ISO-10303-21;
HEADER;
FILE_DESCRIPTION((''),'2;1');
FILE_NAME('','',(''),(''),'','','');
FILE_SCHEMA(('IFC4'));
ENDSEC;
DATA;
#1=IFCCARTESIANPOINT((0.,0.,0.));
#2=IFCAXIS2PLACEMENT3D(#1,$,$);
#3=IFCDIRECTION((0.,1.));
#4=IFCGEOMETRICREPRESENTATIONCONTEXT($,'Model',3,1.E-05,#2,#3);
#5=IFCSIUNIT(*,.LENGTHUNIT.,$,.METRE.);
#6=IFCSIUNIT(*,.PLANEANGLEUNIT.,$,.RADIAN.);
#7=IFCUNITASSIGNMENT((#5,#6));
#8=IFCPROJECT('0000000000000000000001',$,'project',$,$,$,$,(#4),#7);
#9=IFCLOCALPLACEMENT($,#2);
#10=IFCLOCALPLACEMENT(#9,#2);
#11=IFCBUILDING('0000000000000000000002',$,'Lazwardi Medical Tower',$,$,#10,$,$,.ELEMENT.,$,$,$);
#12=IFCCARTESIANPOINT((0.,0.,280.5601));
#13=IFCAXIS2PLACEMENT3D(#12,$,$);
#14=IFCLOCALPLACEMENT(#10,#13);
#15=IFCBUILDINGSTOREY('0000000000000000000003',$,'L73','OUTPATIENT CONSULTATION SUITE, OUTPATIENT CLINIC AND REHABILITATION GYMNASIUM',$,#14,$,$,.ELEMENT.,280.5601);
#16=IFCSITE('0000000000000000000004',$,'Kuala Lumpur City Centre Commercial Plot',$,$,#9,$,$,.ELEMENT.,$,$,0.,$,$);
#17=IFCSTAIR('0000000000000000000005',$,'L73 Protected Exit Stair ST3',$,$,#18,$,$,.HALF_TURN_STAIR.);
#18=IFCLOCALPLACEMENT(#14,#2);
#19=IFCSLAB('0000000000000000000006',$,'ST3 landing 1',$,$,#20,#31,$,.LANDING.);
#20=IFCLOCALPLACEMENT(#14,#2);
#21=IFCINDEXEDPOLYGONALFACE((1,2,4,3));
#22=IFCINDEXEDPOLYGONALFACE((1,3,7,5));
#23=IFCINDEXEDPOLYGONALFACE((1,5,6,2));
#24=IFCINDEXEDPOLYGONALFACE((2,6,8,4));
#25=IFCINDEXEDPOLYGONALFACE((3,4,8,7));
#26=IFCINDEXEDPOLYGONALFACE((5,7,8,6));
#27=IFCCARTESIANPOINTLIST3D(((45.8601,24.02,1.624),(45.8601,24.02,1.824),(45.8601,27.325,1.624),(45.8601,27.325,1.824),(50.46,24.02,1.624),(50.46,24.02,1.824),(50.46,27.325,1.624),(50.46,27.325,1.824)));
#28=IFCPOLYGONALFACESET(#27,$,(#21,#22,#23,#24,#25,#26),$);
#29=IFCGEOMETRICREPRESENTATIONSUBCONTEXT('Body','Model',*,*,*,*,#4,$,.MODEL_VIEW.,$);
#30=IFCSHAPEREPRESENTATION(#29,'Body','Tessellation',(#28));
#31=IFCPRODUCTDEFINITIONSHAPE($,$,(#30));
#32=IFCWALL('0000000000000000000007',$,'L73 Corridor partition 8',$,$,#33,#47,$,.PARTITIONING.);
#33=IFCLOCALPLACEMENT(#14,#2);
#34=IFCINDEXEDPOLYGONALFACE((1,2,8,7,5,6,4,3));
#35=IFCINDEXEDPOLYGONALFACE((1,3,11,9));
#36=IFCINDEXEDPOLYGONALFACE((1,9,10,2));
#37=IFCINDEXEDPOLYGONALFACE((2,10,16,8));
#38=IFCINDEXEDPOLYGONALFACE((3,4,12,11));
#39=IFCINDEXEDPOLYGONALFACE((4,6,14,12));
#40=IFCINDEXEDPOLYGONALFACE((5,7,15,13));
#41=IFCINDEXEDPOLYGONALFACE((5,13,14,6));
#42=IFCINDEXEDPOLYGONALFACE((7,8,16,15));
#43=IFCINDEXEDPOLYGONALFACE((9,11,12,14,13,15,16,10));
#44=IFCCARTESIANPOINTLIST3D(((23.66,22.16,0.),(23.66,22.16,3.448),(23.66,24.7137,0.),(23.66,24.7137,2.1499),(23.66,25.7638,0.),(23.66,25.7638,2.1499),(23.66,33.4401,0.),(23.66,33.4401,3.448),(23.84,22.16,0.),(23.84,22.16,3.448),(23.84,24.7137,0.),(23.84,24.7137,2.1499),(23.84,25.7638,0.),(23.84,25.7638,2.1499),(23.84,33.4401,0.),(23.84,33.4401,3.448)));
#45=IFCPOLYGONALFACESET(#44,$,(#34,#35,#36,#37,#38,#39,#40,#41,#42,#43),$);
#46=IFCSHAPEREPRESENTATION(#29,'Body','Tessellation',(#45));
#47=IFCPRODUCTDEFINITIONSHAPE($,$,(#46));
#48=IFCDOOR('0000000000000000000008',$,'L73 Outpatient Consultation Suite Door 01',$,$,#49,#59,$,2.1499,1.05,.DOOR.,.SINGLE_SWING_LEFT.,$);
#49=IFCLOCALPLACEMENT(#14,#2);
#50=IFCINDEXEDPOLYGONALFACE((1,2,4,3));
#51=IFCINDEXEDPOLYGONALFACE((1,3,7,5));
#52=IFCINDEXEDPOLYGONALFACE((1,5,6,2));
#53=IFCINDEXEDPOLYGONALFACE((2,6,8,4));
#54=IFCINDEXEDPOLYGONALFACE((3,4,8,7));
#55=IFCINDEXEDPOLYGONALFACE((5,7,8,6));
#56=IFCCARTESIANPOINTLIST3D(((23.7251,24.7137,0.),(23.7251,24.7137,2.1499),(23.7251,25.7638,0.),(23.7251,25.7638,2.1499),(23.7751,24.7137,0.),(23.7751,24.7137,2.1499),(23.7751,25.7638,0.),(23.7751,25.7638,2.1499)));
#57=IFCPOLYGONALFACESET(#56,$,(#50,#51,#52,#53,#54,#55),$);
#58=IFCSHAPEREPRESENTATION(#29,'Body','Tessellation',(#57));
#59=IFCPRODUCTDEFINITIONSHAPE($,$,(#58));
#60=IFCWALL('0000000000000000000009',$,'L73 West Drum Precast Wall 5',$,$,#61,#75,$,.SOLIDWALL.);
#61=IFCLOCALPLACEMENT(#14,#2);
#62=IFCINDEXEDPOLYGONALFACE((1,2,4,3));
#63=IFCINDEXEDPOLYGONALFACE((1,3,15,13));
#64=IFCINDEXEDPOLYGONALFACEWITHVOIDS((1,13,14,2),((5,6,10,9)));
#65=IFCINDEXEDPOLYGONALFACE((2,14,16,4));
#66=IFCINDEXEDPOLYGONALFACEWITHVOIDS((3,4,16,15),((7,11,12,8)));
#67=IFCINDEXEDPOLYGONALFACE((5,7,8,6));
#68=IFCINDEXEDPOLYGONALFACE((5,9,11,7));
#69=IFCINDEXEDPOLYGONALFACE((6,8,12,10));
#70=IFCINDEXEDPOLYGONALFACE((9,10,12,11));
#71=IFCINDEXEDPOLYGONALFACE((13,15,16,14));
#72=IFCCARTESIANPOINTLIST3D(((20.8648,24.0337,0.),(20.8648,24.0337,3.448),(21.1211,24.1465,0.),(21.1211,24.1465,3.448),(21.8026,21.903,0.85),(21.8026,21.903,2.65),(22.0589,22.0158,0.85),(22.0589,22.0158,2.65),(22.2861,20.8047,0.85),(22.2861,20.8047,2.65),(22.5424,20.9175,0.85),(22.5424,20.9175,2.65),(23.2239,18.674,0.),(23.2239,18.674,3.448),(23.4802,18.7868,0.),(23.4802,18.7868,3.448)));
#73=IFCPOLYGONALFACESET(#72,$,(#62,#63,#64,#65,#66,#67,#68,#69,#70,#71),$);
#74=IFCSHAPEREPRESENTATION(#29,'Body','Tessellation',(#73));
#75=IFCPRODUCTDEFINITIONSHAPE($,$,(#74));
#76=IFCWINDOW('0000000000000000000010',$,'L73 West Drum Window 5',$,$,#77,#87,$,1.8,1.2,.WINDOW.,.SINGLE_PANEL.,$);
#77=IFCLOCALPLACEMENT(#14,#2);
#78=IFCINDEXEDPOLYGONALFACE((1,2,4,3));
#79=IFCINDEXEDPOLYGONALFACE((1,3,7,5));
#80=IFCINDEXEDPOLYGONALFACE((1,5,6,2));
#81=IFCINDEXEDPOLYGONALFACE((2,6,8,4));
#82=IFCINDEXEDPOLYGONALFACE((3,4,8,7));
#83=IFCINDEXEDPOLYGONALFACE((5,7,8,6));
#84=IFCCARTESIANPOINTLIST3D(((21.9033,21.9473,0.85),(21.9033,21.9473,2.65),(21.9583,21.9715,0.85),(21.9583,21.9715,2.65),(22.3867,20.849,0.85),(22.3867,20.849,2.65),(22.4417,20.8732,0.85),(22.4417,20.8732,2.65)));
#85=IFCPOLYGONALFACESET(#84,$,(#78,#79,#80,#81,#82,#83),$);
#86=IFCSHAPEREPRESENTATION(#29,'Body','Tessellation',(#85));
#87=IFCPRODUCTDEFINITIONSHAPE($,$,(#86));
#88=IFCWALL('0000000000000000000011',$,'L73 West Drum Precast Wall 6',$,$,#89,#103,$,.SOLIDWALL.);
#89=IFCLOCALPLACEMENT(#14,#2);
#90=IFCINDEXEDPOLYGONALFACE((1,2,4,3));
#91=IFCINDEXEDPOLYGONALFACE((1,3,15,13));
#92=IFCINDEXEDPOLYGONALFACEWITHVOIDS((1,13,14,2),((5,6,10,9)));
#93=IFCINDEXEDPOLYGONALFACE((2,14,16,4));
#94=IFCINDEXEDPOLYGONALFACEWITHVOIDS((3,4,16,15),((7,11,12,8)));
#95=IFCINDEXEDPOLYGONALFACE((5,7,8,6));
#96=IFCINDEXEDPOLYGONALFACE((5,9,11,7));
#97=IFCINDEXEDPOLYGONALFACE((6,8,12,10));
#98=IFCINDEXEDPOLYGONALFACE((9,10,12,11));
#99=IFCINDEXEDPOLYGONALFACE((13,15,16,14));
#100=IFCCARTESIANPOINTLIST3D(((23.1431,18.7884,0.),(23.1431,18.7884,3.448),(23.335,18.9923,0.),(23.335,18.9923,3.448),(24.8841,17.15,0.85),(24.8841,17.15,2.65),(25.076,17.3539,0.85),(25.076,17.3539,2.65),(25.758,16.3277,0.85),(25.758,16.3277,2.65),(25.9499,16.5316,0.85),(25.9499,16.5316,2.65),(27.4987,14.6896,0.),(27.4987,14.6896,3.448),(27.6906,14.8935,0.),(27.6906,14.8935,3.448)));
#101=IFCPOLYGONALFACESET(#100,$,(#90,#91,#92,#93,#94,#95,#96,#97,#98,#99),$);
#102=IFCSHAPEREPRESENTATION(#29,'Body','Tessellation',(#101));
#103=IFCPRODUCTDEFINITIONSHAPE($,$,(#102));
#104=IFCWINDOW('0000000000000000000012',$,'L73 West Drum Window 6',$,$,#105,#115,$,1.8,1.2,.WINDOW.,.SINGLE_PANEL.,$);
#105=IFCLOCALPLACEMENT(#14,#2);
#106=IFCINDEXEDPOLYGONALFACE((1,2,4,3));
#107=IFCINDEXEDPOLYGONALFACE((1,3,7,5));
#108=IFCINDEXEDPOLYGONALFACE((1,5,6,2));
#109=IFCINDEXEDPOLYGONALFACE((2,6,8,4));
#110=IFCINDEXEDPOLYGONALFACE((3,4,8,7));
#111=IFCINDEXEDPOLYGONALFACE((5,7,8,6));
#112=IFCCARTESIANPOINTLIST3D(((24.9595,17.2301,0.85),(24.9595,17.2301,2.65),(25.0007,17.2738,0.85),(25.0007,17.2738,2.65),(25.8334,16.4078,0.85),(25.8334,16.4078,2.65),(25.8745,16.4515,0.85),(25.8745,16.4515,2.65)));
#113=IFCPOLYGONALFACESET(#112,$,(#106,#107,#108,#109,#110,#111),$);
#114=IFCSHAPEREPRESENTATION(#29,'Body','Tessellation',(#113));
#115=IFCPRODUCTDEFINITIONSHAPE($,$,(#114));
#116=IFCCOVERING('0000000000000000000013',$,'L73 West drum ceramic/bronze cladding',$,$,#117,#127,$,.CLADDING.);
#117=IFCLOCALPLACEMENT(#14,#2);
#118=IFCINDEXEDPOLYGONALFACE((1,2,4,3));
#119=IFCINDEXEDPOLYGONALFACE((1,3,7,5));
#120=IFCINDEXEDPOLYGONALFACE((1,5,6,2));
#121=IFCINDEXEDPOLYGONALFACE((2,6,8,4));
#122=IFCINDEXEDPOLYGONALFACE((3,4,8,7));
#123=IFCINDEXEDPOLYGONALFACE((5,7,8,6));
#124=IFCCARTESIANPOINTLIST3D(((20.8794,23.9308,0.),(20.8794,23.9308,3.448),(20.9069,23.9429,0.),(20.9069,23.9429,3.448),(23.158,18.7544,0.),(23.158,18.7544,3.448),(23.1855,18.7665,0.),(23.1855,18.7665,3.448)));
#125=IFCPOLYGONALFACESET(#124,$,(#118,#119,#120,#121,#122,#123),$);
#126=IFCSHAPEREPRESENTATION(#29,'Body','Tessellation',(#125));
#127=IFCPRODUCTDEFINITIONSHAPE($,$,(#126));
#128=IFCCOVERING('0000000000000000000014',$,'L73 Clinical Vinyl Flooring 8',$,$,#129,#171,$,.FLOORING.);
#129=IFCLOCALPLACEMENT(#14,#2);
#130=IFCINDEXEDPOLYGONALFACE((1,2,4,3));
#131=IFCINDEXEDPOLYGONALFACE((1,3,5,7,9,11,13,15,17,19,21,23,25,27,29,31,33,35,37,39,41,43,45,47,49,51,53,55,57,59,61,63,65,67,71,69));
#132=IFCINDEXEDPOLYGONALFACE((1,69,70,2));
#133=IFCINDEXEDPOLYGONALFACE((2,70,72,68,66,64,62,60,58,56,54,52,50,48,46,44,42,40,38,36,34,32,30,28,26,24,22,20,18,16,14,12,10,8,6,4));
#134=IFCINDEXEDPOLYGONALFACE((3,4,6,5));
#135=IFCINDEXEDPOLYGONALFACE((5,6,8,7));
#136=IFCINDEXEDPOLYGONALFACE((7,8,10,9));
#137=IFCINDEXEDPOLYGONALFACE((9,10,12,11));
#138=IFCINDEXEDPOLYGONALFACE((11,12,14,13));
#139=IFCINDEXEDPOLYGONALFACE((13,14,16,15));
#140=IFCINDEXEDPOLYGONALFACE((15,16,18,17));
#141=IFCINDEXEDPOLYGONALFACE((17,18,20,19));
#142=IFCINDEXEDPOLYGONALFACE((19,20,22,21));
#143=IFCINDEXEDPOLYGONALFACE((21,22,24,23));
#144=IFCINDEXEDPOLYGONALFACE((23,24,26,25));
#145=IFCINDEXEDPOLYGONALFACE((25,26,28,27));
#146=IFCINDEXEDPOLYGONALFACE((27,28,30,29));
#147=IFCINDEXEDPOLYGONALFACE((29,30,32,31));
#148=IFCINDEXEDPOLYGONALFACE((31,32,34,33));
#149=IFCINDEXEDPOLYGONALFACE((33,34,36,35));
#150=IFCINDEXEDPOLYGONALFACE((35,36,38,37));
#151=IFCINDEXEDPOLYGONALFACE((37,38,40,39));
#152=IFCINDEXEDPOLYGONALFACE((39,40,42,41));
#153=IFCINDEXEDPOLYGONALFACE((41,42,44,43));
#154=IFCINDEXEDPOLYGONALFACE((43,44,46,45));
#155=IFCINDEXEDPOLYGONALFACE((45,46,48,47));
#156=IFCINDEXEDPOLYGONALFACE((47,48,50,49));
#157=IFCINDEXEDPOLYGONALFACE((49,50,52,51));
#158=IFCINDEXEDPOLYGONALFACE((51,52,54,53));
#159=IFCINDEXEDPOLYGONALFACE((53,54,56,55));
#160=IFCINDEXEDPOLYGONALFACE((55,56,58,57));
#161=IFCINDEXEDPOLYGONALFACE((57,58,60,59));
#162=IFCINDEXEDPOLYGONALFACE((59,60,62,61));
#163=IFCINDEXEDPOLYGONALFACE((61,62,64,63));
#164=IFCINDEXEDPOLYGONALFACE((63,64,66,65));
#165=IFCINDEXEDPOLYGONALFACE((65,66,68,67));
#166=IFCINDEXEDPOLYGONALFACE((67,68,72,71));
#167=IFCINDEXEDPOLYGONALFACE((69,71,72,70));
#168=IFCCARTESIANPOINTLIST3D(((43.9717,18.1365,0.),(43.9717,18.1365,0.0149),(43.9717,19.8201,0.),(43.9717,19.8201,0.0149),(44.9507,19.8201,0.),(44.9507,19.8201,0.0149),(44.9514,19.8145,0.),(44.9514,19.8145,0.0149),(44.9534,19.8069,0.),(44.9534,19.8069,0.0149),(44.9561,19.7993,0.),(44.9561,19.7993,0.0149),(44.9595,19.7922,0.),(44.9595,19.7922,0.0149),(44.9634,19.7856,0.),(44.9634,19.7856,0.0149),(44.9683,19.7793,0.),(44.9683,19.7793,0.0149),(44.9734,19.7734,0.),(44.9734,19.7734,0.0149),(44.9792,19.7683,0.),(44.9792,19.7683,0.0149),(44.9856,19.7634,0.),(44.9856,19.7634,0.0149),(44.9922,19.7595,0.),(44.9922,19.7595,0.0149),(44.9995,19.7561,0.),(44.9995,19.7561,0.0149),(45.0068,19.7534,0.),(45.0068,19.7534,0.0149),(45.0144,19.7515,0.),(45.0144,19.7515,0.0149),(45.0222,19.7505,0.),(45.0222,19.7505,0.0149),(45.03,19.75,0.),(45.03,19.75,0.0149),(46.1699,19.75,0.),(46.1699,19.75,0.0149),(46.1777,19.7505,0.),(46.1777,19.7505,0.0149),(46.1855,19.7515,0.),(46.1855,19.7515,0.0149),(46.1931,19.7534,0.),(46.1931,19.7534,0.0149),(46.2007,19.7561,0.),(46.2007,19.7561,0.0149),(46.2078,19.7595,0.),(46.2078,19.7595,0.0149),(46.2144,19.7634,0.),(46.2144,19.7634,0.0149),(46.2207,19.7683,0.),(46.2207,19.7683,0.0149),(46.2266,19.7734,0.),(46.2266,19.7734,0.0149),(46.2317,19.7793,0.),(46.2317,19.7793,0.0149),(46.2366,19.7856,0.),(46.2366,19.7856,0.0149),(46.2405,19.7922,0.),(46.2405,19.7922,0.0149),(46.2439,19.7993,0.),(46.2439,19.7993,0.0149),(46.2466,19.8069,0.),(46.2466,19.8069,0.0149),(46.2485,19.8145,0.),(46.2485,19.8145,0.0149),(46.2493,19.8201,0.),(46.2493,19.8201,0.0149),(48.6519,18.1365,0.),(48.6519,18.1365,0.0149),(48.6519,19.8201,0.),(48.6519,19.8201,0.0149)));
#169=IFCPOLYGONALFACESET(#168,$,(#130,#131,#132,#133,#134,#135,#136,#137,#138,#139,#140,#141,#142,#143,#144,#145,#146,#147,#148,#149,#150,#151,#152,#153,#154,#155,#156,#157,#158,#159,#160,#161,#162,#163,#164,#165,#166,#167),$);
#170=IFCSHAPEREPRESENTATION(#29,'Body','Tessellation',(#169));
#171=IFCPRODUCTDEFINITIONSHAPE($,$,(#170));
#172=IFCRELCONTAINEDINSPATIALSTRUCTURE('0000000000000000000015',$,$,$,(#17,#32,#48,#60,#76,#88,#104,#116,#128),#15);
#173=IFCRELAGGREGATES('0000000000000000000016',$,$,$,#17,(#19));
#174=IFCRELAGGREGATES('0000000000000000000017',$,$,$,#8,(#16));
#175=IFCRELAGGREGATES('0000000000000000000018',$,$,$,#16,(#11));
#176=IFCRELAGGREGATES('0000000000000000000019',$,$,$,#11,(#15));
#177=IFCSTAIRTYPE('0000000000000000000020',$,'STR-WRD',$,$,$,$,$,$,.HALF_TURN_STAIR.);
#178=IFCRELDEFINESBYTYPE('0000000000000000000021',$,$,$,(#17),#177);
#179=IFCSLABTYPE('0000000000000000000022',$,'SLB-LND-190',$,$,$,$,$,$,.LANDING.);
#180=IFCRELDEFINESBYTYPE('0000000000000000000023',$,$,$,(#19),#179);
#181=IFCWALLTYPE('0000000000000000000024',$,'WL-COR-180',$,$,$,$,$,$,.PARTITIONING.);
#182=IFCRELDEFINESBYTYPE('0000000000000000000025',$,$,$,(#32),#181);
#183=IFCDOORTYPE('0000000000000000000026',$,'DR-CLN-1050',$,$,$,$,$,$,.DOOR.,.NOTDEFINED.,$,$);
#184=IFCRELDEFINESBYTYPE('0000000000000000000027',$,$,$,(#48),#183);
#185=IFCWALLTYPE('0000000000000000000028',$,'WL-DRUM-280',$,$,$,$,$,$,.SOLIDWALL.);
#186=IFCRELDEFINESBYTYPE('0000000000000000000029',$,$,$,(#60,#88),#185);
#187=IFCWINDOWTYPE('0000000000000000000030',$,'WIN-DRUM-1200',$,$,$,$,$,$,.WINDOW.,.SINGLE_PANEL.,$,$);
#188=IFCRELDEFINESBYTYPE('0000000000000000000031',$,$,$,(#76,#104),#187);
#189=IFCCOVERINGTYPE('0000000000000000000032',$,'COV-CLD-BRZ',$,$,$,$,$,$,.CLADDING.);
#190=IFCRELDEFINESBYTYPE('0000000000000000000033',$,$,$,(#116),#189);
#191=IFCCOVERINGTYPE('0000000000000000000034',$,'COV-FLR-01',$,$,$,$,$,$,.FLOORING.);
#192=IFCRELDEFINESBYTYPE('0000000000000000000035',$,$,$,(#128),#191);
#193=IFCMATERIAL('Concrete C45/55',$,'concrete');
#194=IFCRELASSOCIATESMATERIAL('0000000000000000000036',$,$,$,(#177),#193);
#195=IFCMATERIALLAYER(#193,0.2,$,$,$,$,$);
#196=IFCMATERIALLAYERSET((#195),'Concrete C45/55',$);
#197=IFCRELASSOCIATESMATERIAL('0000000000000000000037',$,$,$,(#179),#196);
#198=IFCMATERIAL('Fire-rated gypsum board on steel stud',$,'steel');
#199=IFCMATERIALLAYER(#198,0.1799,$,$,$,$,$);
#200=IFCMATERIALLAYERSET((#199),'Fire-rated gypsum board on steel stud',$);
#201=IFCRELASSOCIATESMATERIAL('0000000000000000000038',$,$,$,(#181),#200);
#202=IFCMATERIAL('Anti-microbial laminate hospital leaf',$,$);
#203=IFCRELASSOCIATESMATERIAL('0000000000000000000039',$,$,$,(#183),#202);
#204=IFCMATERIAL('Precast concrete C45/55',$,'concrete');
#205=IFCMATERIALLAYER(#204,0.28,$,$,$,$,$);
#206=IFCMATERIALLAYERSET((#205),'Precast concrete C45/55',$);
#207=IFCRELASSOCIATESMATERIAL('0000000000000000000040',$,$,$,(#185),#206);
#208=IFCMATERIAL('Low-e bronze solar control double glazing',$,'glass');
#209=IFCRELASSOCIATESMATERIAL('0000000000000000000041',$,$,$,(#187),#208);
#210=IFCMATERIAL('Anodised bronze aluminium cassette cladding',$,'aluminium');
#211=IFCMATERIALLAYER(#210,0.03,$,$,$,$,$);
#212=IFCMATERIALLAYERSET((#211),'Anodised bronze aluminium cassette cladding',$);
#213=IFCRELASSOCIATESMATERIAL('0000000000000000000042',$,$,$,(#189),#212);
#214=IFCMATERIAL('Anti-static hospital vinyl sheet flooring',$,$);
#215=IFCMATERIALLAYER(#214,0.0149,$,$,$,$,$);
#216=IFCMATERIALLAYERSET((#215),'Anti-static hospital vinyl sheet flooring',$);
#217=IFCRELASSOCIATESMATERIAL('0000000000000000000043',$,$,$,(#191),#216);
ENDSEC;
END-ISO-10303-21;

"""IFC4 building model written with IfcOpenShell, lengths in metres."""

from ifc_helpers import new_model, si_unit, direction, frame, frame_2d, origin, origin_2d, place, context, subcontext, project, spatial, polyline, rectangle, outline, extrude, material, layer, layer_set, type_object, element, fill, aggregate, save


model = new_model("IFC4")

# Units and contexts
model_context = context("Model", 3, precision=1e-05, world=origin(), true_north=direction((0.0, 1.0)))
body_context = subcontext(model_context, "Body", "Model", "MODEL_VIEW")
ifc_project = project(units=[si_unit("LENGTHUNIT", "METRE"), si_unit("PLANEANGLEUNIT", "RADIAN")], contexts=[model_context])

# Site, building, storey
site_placement = place(None, origin())
site = spatial("IfcSite", under=ifc_project, at=site_placement, Name="Kuala Lumpur City Centre Commercial Plot", CompositionType="ELEMENT", RefElevation=0.0)
building_placement = place(site_placement, origin())
building = spatial("IfcBuilding", under=site, at=building_placement, Name="Lazwardi Medical Tower", CompositionType="ELEMENT")
storey_placement = place(building_placement, frame((0.0, 0.0, 280.5601)))
storey = spatial("IfcBuildingStorey", under=building, at=storey_placement, Name="L73", Description="OUTPATIENT CONSULTATION SUITE, OUTPATIENT CLINIC AND REHABILITATION GYMNASIUM", CompositionType="ELEMENT", Elevation=280.5601)

# Stair, slab
ifc_material_1 = material(Name="Concrete C45/55", Category="concrete")
stair_type = type_object("IfcStairType", Name="STR-WRD", PredefinedType="HALF_TURN_STAIR", material=ifc_material_1)
ifc_layer_1 = layer(ifc_material_1, 0.2)
ifc_layer_set_1 = layer_set([ifc_layer_1], Name="Concrete C45/55")
slab_type = type_object("IfcSlabType", Name="SLB-LND-190", PredefinedType="LANDING", material=ifc_layer_set_1)
stair_1_placement = place(storey_placement, origin())
stair_1 = element("IfcStair", 1, at=stair_1_placement, inside=storey, type_object=stair_type, Name="L73 Protected Exit Stair ST3", PredefinedType="HALF_TURN_STAIR")
slab_1_placement = place(storey_placement, frame((0.0, 0.0, 1.624)))
slab_1 = element("IfcSlab", 2, at=slab_1_placement, type_object=slab_type, Name="ST3 landing 1", PredefinedType="LANDING", context=body_context, shape_type="SweptSolid", body=[
    extrude(outline(polyline([(45.8601, 27.325), (45.8601, 24.02), (50.46, 24.02), (50.46, 27.325), (45.8601, 27.325)])), origin(), (0.0, 0.0, 1.0), 0.2),
])
aggregate(stair_1, [slab_1])

# Wall, opening, door
ifc_material_2 = material(Name="Fire-rated gypsum board on steel stud", Category="steel")
ifc_layer_2 = layer(ifc_material_2, 0.1799)
ifc_layer_set_2 = layer_set([ifc_layer_2], Name="Fire-rated gypsum board on steel stud")
wall_type_1 = type_object("IfcWallType", Name="WL-COR-180", PredefinedType="PARTITIONING", material=ifc_layer_set_2)
wall_1_placement = place(storey_placement, frame((23.75, 22.1599, 0.0), z_axis=(0.0, 0.0, 1.0), x_axis=(0.0, 1.0, 0.0)))
wall_1 = element("IfcWall", 3, at=wall_1_placement, inside=storey, type_object=wall_type_1, Name="L73 Corridor partition 8", PredefinedType="PARTITIONING", context=body_context, shape_type="SweptSolid", body=[
    extrude(rectangle(XDim=11.28, YDim=0.1799, at=frame_2d((5.6401, 0.0))), origin(), (0.0, 0.0, 1.0), 3.448),
])
opening_1_placement = place(wall_1_placement, frame((2.554, 0.0, 0.0)))
opening_1 = element("IfcOpeningElement", 4, at=opening_1_placement, cuts=wall_1, PredefinedType="OPENING", context=body_context, shape_type="SweptSolid", body=[
    extrude(rectangle(XDim=1.05, YDim=2.1499, at=frame_2d((0.5249, 1.075))), frame((0.0, 0.0999, 0.0), z_axis=(0.0, -1.0, 0.0), x_axis=(1.0, 0.0, 0.0)), (0.0, 0.0, 1.0), 0.2),
])
ifc_material_3 = material(Name="Anti-microbial laminate hospital leaf")
door_type = type_object("IfcDoorType", Name="DR-CLN-1050", OperationType="NOTDEFINED", PredefinedType="DOOR", material=ifc_material_3)
door_placement = place(opening_1_placement, origin())
door = element("IfcDoor", 5, at=door_placement, inside=storey, type_object=door_type, Name="L73 Outpatient Consultation Suite Door 01", OperationType="SINGLE_SWING_LEFT", OverallHeight=2.1499, OverallWidth=1.05, PredefinedType="DOOR", context=body_context, shape_type="SweptSolid", body=[
    extrude(rectangle(XDim=1.05, YDim=2.1499, at=frame_2d((0.5249, 1.075))), frame((0.0, 0.0249, 0.0), z_axis=(0.0, -1.0, 0.0), x_axis=(1.0, 0.0, 0.0)), (0.0, 0.0, 1.0), 0.05),
])
fill(opening_1, door)

# Walls, openings, windows
ifc_material_4 = material(Name="Precast concrete C45/55", Category="concrete")
ifc_layer_3 = layer(ifc_material_4, 0.28)
ifc_layer_set_3 = layer_set([ifc_layer_3], Name="Precast concrete C45/55")
wall_type_2 = type_object("IfcWallType", Name="WL-DRUM-280", PredefinedType="SOLIDWALL", material=ifc_layer_set_3)
wall_2_placement = place(storey_placement, frame((20.9929, 24.0901, 0.0), z_axis=(0.0, 0.0, 1.0), x_axis=(0.402867, -0.915258, 0.0)))
wall_2 = element("IfcWall", 6, at=wall_2_placement, inside=storey, type_object=wall_type_2, Name="L73 West Drum Precast Wall 5", PredefinedType="SOLIDWALL", context=body_context, shape_type="SweptSolid", body=[
    extrude(rectangle(XDim=5.856, YDim=0.28, at=frame_2d((2.928, 0.0))), origin(), (0.0, 0.0, 1.0), 3.448),
])
opening_2_placement = place(wall_2_placement, frame((2.3279, 0.0, 0.8501)))
opening_2 = element("IfcOpeningElement", 7, at=opening_2_placement, cuts=wall_2, PredefinedType="OPENING", context=body_context, shape_type="SweptSolid", body=[
    extrude(rectangle(XDim=1.2, YDim=1.8, at=frame_2d((0.6001, 0.8999))), frame((0.0, 0.1499, 0.0), z_axis=(0.0, -1.0, 0.0), x_axis=(1.0, 0.0, 0.0)), (0.0, 0.0, 1.0), 0.3),
])
ifc_material_5 = material(Name="Low-e bronze solar control double glazing", Category="glass")
window_type = type_object("IfcWindowType", Name="WIN-DRUM-1200", PartitioningType="SINGLE_PANEL", PredefinedType="WINDOW", material=ifc_material_5)
window_1_placement = place(opening_2_placement, origin())
window_1 = element("IfcWindow", 8, at=window_1_placement, inside=storey, type_object=window_type, Name="L73 West Drum Window 5", OverallHeight=1.8, OverallWidth=1.2, PartitioningType="SINGLE_PANEL", PredefinedType="WINDOW", context=body_context, shape_type="SweptSolid", body=[
    extrude(rectangle(XDim=1.2, YDim=1.8, at=frame_2d((0.6001, 0.8999))), frame((0.0, 0.03, 0.0), z_axis=(0.0, -1.0, 0.0), x_axis=(1.0, 0.0, 0.0)), (0.0, 0.0, 1.0), 0.0601),
])
fill(opening_2, window_1)
wall_3_placement = place(storey_placement, frame((23.239, 18.8904, 0.0), z_axis=(0.0, 0.0, 1.0), x_axis=(0.728252, -0.68531, 0.0)))
wall_3 = element("IfcWall", 9, at=wall_3_placement, inside=storey, type_object=wall_type_2, Name="L73 West Drum Precast Wall 6", PredefinedType="SOLIDWALL", context=body_context, shape_type="SweptSolid", body=[
    extrude(rectangle(XDim=5.981, YDim=0.28, at=frame_2d((2.9905, 0.0))), origin(), (0.0, 0.0, 1.0), 3.448),
])
opening_3_placement = place(wall_3_placement, frame((2.3906, 0.0, 0.8501)))
opening_3 = element("IfcOpeningElement", 10, at=opening_3_placement, cuts=wall_3, PredefinedType="OPENING", context=body_context, shape_type="SweptSolid", body=[
    extrude(rectangle(XDim=1.2, YDim=1.8, at=frame_2d((0.6001, 0.8999))), frame((0.0, 0.1499, 0.0), z_axis=(0.0, -1.0, 0.0), x_axis=(1.0, 0.0, 0.0)), (0.0, 0.0, 1.0), 0.3),
])
window_2_placement = place(opening_3_placement, origin())
window_2 = element("IfcWindow", 11, at=window_2_placement, inside=storey, type_object=window_type, Name="L73 West Drum Window 6", OverallHeight=1.8, OverallWidth=1.2, PartitioningType="SINGLE_PANEL", PredefinedType="WINDOW", context=body_context, shape_type="SweptSolid", body=[
    extrude(rectangle(XDim=1.2, YDim=1.8, at=frame_2d((0.6001, 0.8999))), frame((0.0, 0.03, 0.0), z_axis=(0.0, -1.0, 0.0), x_axis=(1.0, 0.0, 0.0)), (0.0, 0.0, 1.0), 0.0601),
])
fill(opening_3, window_2)

# Coverings
ifc_material_6 = material(Name="Anodised bronze aluminium cassette cladding", Category="aluminium")
ifc_layer_4 = layer(ifc_material_6, 0.03)
ifc_layer_set_4 = layer_set([ifc_layer_4], Name="Anodised bronze aluminium cassette cladding")
covering_type_1 = type_object("IfcCoveringType", Name="COV-CLD-BRZ", PredefinedType="CLADDING", material=ifc_layer_set_4)
covering_1_placement = place(storey_placement, frame((22.0325, 21.3486, 0.0), z_axis=(0.0, 0.0, 1.0), x_axis=(0.402878, -0.915254, 0.0)))
element("IfcCovering", 12, at=covering_1_placement, inside=storey, type_object=covering_type_1, Name="L73 West drum ceramic/bronze cladding", PredefinedType="CLADDING", context=body_context, shape_type="SweptSolid", body=[
    extrude(rectangle(XDim=5.6558, YDim=0.03, at=origin_2d()), origin(), (0.0, 0.0, 1.0), 3.448),
])
ifc_material_7 = material(Name="Anti-static hospital vinyl sheet flooring")
ifc_layer_5 = layer(ifc_material_7, 0.0149)
ifc_layer_set_5 = layer_set([ifc_layer_5], Name="Anti-static hospital vinyl sheet flooring")
covering_type_2 = type_object("IfcCoveringType", Name="COV-FLR-01", PredefinedType="FLOORING", material=ifc_layer_set_5)
covering_2_placement = place(storey_placement, origin())
element("IfcCovering", 13, at=covering_2_placement, inside=storey, type_object=covering_type_2, Name="L73 Clinical Vinyl Flooring 8", PredefinedType="FLOORING", context=body_context, shape_type="SweptSolid", body=[
    extrude(outline(polyline([(48.6519, 19.8201), (46.2493, 19.8201), (46.2485, 19.8145), (46.2466, 19.8069), (46.2439, 19.7993), (46.2405, 19.7922), (46.2366, 19.7856), (46.2317, 19.7793), (46.2266, 19.7734), (46.2207, 19.7683), (46.2144, 19.7634), (46.2078, 19.7595), (46.2007, 19.7561), (46.1931, 19.7534), (46.1855, 19.7515), (46.1777, 19.7505), (46.1699, 19.75), (45.03, 19.75), (45.0222, 19.7505), (45.0144, 19.7515), (45.0068, 19.7534), (44.9995, 19.7561), (44.9922, 19.7595), (44.9856, 19.7634), (44.9792, 19.7683), (44.9734, 19.7734), (44.9683, 19.7793), (44.9634, 19.7856), (44.9595, 19.7922), (44.9561, 19.7993), (44.9534, 19.8069), (44.9514, 19.8145), (44.9507, 19.8201), (43.9717, 19.8201), (43.9717, 18.1365), (48.6519, 18.1365), (48.6519, 19.8201)])), origin(), (0.0, 0.0, 1.0), 0.0149),
])

save(model, "model.ifc")
